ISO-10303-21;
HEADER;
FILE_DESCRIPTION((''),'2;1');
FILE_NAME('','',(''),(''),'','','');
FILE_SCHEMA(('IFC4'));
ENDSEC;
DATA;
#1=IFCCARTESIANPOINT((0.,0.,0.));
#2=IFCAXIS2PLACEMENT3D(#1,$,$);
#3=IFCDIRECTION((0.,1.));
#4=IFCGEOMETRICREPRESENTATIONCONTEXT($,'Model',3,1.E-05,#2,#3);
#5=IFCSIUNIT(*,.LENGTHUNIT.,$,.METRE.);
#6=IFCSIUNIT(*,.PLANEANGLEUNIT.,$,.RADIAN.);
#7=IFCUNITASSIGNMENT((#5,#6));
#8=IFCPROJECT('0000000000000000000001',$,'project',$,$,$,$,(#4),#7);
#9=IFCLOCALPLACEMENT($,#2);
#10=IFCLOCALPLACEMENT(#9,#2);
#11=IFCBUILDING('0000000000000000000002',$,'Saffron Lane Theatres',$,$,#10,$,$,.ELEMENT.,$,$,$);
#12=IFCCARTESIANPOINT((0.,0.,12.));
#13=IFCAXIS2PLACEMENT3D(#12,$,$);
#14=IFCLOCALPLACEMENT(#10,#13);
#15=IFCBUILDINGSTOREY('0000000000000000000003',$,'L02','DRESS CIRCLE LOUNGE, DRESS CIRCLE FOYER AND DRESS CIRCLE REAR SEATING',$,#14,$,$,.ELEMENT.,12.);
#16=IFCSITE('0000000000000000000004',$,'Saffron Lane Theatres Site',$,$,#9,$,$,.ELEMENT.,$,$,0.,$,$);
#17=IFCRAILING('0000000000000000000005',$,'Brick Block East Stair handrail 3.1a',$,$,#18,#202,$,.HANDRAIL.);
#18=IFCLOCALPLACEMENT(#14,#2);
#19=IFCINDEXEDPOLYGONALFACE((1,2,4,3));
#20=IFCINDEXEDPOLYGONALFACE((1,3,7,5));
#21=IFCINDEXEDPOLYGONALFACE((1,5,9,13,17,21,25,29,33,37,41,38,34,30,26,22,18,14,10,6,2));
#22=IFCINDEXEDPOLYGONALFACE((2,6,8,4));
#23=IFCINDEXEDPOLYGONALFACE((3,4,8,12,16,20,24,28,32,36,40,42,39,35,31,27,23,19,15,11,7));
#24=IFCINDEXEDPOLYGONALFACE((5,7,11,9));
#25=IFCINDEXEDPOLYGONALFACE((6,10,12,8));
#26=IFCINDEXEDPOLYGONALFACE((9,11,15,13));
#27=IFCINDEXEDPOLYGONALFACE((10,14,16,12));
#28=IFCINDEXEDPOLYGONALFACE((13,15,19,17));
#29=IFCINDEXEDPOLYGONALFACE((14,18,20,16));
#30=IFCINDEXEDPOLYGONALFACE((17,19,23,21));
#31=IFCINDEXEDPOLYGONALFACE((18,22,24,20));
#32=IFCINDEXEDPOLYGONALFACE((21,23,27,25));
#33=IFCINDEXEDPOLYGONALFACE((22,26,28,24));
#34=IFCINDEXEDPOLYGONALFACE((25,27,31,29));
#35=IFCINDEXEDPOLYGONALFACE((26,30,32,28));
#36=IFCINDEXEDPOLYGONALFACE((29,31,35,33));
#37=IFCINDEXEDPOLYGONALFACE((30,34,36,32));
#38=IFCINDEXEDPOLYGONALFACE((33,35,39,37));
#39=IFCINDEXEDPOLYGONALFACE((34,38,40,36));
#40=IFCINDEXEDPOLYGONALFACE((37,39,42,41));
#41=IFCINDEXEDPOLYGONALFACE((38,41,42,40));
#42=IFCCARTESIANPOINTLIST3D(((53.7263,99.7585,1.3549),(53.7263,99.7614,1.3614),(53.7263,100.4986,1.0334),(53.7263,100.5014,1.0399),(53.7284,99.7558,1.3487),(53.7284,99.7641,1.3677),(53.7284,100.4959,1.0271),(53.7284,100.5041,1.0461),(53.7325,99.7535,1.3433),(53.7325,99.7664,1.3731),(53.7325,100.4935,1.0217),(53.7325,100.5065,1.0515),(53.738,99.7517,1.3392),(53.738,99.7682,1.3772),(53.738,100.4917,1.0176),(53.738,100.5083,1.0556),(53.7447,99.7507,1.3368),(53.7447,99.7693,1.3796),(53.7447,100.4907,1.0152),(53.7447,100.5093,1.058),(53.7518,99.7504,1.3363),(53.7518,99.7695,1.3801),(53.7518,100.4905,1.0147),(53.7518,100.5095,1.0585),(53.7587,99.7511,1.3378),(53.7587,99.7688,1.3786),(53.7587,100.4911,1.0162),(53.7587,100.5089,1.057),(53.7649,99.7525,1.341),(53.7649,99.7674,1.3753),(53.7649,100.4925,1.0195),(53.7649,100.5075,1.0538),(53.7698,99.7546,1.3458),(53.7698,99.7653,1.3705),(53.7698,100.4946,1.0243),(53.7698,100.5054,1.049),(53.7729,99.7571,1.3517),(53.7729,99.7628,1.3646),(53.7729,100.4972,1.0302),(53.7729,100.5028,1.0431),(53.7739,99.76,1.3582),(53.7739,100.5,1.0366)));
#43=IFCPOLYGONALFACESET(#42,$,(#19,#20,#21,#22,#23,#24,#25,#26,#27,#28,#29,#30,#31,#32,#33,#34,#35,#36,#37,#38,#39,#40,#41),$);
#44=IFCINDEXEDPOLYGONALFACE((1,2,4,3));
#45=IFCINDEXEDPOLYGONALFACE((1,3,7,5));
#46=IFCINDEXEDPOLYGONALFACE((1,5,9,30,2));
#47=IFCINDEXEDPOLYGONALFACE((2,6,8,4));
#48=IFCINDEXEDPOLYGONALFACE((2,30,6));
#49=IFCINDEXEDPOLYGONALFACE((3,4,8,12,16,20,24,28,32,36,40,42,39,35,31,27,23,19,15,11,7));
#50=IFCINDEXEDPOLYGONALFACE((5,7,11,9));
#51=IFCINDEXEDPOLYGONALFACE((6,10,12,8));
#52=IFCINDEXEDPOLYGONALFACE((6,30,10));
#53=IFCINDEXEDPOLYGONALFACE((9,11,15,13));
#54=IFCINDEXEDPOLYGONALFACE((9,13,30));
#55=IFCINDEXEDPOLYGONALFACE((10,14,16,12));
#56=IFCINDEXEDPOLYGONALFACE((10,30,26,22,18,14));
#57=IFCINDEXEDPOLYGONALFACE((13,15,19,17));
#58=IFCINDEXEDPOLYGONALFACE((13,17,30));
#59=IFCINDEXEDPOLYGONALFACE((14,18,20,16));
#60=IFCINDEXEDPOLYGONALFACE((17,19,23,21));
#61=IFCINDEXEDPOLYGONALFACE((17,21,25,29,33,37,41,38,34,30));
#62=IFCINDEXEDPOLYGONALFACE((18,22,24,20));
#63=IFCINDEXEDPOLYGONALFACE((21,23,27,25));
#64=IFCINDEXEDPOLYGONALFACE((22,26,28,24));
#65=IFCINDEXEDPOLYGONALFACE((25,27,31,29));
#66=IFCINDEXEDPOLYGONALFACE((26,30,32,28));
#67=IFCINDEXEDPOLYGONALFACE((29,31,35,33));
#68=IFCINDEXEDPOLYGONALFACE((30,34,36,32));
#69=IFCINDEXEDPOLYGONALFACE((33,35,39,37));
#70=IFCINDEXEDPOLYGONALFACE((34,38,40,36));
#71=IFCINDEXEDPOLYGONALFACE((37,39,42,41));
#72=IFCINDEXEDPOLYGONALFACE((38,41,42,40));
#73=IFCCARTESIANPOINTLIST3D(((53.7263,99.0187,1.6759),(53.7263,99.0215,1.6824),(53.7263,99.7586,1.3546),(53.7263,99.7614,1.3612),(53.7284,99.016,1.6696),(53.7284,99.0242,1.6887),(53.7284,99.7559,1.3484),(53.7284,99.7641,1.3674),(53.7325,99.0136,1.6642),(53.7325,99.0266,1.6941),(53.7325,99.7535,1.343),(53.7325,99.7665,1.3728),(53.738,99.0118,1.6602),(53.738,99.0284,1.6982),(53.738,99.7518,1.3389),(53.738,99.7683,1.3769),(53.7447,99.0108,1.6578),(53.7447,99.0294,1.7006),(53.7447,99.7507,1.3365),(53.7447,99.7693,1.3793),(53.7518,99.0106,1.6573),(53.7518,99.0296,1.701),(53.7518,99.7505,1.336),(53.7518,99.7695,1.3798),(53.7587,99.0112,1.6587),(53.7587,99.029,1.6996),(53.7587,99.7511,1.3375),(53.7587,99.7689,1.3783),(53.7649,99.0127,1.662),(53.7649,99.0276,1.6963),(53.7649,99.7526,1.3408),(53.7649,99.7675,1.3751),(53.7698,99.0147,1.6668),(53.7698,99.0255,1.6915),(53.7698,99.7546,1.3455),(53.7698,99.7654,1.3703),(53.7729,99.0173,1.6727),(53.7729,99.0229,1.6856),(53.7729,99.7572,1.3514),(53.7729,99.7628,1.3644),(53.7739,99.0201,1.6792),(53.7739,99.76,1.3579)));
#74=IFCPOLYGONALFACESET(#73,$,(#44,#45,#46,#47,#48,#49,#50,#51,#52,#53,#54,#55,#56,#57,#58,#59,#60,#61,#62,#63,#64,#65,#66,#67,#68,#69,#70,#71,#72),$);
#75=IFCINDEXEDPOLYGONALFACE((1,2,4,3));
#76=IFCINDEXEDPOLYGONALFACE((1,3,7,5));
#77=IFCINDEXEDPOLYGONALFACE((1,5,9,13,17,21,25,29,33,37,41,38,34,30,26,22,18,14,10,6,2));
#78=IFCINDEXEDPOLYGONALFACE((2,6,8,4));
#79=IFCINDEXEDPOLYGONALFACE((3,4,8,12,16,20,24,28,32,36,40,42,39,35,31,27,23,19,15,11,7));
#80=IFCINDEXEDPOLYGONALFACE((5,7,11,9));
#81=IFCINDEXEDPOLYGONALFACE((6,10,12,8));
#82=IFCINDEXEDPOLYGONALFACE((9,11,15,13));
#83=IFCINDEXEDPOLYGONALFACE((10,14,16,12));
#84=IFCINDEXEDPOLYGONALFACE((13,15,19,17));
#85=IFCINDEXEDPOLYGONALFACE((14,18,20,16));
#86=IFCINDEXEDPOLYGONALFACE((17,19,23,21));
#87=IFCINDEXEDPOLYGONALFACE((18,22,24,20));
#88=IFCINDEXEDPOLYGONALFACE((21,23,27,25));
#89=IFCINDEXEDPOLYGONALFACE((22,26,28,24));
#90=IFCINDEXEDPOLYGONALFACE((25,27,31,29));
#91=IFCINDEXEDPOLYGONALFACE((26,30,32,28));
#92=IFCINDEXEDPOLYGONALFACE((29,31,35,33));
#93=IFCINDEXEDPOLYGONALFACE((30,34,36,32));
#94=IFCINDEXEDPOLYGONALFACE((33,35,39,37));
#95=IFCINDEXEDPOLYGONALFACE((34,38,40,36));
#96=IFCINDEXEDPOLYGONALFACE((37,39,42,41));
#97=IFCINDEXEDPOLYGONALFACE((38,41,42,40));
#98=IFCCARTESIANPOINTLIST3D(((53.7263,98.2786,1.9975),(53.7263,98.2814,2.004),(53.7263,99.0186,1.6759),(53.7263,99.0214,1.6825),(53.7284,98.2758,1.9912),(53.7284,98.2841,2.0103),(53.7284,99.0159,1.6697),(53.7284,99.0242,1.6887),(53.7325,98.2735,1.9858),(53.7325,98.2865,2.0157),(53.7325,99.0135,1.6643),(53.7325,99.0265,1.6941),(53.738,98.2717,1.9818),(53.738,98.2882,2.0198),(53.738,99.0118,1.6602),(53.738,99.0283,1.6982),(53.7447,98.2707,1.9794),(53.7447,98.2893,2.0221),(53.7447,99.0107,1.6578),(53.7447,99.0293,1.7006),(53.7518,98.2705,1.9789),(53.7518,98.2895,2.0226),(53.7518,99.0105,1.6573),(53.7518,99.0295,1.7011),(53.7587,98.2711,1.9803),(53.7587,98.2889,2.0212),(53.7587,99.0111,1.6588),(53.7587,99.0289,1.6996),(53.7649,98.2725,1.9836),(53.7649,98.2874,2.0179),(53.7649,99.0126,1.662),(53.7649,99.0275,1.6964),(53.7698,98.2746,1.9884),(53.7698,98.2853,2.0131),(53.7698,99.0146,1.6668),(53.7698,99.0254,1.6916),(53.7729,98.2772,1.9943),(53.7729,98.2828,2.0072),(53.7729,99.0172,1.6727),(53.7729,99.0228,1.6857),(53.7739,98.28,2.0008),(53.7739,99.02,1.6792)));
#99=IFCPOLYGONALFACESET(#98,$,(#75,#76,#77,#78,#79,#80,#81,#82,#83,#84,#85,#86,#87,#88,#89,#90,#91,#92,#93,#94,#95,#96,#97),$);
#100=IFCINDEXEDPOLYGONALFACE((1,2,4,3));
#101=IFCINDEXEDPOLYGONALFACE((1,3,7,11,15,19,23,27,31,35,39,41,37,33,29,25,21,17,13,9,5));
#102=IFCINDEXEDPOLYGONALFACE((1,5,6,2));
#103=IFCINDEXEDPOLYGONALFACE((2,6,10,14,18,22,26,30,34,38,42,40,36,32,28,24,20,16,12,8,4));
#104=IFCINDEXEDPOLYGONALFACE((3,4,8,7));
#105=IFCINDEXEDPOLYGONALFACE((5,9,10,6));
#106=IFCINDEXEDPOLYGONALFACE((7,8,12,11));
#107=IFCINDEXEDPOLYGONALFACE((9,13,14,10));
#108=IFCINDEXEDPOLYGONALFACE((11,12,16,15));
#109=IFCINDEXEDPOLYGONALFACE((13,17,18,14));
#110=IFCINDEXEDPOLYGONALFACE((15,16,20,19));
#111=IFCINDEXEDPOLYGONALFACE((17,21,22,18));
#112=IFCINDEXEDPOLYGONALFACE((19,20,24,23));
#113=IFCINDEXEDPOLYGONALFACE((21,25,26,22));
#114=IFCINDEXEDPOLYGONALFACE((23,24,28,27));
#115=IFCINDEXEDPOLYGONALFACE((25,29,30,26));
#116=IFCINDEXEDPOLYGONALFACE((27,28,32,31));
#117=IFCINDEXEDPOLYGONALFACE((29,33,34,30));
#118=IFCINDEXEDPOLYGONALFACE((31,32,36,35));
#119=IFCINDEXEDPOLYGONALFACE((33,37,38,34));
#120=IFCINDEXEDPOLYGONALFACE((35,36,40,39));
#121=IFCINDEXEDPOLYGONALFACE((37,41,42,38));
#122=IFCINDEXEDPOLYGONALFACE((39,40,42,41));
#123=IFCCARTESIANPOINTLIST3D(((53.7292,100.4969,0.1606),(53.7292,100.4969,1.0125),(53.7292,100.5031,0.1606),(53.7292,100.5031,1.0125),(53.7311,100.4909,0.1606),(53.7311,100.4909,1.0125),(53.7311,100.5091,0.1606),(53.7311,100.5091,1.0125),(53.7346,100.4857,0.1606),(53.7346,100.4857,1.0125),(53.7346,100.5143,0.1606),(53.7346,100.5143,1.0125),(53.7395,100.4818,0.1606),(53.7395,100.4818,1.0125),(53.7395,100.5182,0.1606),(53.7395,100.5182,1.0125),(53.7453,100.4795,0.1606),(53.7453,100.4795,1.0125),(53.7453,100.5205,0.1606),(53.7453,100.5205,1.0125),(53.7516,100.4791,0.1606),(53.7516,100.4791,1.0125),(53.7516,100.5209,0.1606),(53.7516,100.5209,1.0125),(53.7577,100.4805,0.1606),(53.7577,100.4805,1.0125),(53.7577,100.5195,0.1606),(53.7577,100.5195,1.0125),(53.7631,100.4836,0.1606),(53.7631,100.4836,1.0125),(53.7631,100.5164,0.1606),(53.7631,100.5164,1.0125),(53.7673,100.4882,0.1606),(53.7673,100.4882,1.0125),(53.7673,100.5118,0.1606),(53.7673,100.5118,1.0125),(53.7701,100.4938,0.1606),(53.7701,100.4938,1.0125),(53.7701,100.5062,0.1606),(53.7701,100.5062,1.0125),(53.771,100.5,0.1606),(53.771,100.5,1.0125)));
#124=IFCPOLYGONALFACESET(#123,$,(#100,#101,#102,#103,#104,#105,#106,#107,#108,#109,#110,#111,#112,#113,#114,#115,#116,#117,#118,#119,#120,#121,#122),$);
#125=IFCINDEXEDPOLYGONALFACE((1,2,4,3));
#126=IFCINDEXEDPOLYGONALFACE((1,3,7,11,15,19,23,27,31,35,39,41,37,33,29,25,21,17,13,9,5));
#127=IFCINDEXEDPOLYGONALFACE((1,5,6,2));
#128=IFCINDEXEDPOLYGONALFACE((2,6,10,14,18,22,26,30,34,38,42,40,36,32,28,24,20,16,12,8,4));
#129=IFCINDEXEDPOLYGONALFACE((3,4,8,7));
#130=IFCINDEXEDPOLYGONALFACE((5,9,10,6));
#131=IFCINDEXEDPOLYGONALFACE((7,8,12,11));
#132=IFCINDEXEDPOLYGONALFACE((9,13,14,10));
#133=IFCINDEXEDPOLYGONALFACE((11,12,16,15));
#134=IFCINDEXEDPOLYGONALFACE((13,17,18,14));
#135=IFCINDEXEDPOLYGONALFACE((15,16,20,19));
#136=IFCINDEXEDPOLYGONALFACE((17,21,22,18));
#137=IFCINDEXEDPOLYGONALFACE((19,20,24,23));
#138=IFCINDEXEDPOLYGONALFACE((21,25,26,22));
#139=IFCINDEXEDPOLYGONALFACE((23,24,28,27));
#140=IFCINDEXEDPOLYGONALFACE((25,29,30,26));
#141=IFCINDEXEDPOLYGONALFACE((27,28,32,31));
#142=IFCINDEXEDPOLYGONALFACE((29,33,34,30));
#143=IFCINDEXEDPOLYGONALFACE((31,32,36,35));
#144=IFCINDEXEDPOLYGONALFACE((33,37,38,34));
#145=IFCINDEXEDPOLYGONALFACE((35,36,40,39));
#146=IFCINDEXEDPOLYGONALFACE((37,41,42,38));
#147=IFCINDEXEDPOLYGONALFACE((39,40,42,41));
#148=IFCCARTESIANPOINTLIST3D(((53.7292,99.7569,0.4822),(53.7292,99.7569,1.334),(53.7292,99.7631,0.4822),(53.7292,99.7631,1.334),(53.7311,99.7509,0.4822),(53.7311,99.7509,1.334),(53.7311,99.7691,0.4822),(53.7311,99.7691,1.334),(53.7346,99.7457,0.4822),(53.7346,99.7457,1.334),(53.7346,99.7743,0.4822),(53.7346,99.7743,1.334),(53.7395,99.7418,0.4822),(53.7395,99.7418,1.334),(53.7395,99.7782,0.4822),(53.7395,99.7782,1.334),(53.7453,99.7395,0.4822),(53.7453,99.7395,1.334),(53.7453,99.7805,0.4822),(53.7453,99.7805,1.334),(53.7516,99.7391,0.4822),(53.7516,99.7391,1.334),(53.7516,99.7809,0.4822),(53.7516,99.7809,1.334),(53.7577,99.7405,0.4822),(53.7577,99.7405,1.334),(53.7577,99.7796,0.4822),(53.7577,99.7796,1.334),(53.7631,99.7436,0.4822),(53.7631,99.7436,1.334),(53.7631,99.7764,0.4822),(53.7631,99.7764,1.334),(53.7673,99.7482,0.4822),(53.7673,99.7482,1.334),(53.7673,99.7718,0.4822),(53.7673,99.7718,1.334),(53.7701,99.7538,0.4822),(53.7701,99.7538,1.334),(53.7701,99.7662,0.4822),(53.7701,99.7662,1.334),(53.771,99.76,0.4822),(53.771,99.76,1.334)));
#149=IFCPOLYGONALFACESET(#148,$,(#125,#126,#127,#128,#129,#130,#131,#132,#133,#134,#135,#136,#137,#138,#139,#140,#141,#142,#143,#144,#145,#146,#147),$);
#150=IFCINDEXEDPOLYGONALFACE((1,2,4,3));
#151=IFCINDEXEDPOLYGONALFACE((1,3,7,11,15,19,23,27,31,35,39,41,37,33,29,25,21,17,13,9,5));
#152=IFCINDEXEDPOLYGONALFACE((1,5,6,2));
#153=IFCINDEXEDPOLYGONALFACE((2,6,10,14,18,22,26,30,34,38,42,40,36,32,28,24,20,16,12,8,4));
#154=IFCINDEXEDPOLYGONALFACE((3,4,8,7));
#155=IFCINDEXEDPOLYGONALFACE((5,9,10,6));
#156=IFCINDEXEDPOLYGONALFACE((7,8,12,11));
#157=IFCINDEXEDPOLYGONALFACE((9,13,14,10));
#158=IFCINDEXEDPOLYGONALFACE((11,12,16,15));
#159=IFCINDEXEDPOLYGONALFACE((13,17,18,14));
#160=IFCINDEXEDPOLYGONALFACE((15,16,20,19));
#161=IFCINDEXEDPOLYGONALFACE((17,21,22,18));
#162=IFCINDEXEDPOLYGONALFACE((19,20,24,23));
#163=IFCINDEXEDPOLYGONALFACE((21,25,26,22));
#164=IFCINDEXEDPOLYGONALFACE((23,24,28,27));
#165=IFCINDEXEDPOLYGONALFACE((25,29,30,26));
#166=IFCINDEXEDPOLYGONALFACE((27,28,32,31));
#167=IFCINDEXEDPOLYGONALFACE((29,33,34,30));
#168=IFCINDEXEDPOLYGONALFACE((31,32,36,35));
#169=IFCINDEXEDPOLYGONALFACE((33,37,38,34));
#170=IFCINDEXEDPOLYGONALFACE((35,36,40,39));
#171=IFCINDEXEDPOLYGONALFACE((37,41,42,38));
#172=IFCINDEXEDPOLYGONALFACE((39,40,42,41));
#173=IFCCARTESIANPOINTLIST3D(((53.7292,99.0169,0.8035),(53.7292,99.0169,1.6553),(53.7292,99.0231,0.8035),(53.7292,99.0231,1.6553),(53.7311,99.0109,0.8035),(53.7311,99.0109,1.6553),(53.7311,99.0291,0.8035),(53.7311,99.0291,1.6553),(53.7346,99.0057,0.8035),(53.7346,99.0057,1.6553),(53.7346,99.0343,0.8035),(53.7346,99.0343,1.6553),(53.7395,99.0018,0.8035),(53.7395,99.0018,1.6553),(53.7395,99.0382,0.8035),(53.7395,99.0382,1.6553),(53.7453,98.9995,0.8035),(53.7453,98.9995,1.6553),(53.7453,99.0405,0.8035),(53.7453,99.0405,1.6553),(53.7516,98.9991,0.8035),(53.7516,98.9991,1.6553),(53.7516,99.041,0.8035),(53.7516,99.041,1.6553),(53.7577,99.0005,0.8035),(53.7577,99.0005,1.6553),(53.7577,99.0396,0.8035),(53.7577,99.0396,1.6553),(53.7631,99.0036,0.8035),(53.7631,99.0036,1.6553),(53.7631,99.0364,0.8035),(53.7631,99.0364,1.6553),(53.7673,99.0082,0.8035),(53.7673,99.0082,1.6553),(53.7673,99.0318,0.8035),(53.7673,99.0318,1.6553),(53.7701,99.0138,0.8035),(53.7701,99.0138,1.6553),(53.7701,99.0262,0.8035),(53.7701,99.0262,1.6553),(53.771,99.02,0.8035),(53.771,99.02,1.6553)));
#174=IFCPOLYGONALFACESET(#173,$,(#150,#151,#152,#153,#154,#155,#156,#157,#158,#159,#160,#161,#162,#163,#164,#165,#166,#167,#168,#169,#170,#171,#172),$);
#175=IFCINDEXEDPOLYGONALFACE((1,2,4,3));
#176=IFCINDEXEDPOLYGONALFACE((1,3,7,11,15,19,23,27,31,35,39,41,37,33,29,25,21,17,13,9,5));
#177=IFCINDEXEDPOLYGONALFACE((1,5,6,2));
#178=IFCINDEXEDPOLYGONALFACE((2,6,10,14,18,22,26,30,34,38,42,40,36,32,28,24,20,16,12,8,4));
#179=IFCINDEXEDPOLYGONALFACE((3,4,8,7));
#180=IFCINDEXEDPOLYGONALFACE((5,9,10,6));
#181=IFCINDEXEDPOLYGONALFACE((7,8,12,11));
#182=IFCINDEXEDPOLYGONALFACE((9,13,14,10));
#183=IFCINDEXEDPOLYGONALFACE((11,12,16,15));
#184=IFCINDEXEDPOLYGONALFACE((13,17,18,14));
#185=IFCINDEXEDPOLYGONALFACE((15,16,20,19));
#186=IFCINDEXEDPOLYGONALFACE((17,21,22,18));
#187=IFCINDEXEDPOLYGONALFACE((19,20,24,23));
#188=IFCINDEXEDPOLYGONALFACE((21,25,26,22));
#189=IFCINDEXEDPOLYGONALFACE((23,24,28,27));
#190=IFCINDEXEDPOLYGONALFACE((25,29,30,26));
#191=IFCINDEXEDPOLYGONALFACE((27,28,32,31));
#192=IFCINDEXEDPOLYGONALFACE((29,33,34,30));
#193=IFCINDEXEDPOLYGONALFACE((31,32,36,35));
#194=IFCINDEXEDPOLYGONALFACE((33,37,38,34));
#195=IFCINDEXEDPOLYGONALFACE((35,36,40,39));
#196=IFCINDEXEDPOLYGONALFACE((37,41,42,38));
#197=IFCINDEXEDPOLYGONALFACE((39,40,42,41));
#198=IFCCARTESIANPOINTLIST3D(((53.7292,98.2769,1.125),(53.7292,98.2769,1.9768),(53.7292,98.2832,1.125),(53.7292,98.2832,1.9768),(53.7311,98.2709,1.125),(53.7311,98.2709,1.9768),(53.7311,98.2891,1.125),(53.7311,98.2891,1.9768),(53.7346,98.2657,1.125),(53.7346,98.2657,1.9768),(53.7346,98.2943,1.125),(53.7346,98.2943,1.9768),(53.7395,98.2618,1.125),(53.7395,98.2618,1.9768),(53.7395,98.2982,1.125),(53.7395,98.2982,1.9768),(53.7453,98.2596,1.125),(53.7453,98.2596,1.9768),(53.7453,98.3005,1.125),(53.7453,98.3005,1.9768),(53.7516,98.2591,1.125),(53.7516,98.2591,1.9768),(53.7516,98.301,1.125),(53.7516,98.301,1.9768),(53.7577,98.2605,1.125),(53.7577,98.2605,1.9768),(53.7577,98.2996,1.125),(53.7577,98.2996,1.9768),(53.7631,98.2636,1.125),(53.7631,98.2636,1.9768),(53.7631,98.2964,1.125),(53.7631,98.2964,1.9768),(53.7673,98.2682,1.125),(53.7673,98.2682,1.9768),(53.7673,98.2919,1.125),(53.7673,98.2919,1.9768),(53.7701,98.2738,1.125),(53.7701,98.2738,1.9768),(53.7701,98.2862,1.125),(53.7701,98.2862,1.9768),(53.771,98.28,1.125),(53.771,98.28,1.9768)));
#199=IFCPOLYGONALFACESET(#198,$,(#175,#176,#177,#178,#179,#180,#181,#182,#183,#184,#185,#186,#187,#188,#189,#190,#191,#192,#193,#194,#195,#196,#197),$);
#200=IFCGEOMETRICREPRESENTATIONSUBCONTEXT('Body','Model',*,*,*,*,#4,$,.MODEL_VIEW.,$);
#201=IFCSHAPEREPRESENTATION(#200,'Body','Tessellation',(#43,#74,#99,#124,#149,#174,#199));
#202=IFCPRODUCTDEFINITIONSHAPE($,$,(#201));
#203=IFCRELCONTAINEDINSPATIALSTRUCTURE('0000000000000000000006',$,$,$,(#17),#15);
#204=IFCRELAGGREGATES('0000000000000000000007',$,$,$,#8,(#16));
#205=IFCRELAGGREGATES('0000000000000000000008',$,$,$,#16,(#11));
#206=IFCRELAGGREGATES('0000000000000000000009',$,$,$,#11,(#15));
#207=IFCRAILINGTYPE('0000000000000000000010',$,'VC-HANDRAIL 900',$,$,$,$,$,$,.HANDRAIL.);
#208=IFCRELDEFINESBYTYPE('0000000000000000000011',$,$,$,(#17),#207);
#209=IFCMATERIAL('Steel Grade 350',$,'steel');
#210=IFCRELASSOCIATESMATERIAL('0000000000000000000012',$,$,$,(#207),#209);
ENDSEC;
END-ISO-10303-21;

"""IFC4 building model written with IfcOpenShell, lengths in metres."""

from ifc_helpers import new_model, si_unit, direction, frame, origin, origin_2d, place, context, subcontext, project, spatial, circle, extrude, material, type_object, element, save


model = new_model("IFC4")

# Units and contexts
model_context = context("Model", 3, precision=1e-05, world=origin(), true_north=direction((0.0, 1.0)))
body_context = subcontext(model_context, "Body", "Model", "MODEL_VIEW")
ifc_project = project(units=[si_unit("LENGTHUNIT", "METRE"), si_unit("PLANEANGLEUNIT", "RADIAN")], contexts=[model_context])

# Site, building, storey
site_placement = place(None, origin())
site = spatial("IfcSite", under=ifc_project, at=site_placement, Name="Saffron Lane Theatres Site", CompositionType="ELEMENT", RefElevation=0.0)
building_placement = place(site_placement, origin())
building = spatial("IfcBuilding", under=site, at=building_placement, Name="Saffron Lane Theatres", CompositionType="ELEMENT")
storey_placement = place(building_placement, frame((0.0, 0.0, 12.0)))
storey = spatial("IfcBuildingStorey", under=building, at=storey_placement, Name="L02", Description="DRESS CIRCLE LOUNGE, DRESS CIRCLE FOYER AND DRESS CIRCLE REAR SEATING", CompositionType="ELEMENT", Elevation=12.0)

# Railing
ifc_material_1 = material(Name="Steel Grade 350", Category="steel")
railing_type_1 = type_object("IfcRailingType", Name="VC-HANDRAIL 900", PredefinedType="HANDRAIL", material=ifc_material_1)
for number, where, name in (
    (1, (53.75, 100.5, 0.1606), "Brick Block East Stair handrail 3.1a"),
):
    element("IfcRailing", number, at=place(storey_placement, frame(where)), inside=storey, type_object=railing_type_1, Name=name, PredefinedType="HANDRAIL", context=body_context, shape_type="SweptSolid", body=[
        extrude(circle(Radius=0.0239, at=origin_2d()), frame((0.0, 0.0, 0.876), z_axis=(0.0, -0.917161, 0.398516), x_axis=(1.0, 0.0, 0.0)), (0.0, 0.0, 1.0), 0.8069),
        extrude(circle(Radius=0.0239, at=origin_2d()), frame((0.0, -0.74, 1.1973), z_axis=(0.0, -0.917272, 0.398261), x_axis=(1.0, 0.0, 0.0)), (0.0, 0.0, 1.0), 0.8066),
        extrude(circle(Radius=0.0239, at=origin_2d()), frame((0.0, -1.48, 1.5186), z_axis=(0.0, -0.917161, 0.398516), x_axis=(1.0, 0.0, 0.0)), (0.0, 0.0, 1.0), 0.8069),
        extrude(circle(Radius=0.021, at=origin_2d()), origin(), (0.0, 0.0, 1.0), 0.8518),
        extrude(circle(Radius=0.021, at=origin_2d()), frame((0.0, -0.74, 0.3215)), (0.0, 0.0, 1.0), 0.8518),
        extrude(circle(Radius=0.021, at=origin_2d()), frame((0.0, -1.48, 0.6428)), (0.0, 0.0, 1.0), 0.8518),
        extrude(circle(Radius=0.021, at=origin_2d()), frame((0.0, -2.22, 0.9644)), (0.0, 0.0, 1.0), 0.8518),
    ])

save(model, "model.ifc")
